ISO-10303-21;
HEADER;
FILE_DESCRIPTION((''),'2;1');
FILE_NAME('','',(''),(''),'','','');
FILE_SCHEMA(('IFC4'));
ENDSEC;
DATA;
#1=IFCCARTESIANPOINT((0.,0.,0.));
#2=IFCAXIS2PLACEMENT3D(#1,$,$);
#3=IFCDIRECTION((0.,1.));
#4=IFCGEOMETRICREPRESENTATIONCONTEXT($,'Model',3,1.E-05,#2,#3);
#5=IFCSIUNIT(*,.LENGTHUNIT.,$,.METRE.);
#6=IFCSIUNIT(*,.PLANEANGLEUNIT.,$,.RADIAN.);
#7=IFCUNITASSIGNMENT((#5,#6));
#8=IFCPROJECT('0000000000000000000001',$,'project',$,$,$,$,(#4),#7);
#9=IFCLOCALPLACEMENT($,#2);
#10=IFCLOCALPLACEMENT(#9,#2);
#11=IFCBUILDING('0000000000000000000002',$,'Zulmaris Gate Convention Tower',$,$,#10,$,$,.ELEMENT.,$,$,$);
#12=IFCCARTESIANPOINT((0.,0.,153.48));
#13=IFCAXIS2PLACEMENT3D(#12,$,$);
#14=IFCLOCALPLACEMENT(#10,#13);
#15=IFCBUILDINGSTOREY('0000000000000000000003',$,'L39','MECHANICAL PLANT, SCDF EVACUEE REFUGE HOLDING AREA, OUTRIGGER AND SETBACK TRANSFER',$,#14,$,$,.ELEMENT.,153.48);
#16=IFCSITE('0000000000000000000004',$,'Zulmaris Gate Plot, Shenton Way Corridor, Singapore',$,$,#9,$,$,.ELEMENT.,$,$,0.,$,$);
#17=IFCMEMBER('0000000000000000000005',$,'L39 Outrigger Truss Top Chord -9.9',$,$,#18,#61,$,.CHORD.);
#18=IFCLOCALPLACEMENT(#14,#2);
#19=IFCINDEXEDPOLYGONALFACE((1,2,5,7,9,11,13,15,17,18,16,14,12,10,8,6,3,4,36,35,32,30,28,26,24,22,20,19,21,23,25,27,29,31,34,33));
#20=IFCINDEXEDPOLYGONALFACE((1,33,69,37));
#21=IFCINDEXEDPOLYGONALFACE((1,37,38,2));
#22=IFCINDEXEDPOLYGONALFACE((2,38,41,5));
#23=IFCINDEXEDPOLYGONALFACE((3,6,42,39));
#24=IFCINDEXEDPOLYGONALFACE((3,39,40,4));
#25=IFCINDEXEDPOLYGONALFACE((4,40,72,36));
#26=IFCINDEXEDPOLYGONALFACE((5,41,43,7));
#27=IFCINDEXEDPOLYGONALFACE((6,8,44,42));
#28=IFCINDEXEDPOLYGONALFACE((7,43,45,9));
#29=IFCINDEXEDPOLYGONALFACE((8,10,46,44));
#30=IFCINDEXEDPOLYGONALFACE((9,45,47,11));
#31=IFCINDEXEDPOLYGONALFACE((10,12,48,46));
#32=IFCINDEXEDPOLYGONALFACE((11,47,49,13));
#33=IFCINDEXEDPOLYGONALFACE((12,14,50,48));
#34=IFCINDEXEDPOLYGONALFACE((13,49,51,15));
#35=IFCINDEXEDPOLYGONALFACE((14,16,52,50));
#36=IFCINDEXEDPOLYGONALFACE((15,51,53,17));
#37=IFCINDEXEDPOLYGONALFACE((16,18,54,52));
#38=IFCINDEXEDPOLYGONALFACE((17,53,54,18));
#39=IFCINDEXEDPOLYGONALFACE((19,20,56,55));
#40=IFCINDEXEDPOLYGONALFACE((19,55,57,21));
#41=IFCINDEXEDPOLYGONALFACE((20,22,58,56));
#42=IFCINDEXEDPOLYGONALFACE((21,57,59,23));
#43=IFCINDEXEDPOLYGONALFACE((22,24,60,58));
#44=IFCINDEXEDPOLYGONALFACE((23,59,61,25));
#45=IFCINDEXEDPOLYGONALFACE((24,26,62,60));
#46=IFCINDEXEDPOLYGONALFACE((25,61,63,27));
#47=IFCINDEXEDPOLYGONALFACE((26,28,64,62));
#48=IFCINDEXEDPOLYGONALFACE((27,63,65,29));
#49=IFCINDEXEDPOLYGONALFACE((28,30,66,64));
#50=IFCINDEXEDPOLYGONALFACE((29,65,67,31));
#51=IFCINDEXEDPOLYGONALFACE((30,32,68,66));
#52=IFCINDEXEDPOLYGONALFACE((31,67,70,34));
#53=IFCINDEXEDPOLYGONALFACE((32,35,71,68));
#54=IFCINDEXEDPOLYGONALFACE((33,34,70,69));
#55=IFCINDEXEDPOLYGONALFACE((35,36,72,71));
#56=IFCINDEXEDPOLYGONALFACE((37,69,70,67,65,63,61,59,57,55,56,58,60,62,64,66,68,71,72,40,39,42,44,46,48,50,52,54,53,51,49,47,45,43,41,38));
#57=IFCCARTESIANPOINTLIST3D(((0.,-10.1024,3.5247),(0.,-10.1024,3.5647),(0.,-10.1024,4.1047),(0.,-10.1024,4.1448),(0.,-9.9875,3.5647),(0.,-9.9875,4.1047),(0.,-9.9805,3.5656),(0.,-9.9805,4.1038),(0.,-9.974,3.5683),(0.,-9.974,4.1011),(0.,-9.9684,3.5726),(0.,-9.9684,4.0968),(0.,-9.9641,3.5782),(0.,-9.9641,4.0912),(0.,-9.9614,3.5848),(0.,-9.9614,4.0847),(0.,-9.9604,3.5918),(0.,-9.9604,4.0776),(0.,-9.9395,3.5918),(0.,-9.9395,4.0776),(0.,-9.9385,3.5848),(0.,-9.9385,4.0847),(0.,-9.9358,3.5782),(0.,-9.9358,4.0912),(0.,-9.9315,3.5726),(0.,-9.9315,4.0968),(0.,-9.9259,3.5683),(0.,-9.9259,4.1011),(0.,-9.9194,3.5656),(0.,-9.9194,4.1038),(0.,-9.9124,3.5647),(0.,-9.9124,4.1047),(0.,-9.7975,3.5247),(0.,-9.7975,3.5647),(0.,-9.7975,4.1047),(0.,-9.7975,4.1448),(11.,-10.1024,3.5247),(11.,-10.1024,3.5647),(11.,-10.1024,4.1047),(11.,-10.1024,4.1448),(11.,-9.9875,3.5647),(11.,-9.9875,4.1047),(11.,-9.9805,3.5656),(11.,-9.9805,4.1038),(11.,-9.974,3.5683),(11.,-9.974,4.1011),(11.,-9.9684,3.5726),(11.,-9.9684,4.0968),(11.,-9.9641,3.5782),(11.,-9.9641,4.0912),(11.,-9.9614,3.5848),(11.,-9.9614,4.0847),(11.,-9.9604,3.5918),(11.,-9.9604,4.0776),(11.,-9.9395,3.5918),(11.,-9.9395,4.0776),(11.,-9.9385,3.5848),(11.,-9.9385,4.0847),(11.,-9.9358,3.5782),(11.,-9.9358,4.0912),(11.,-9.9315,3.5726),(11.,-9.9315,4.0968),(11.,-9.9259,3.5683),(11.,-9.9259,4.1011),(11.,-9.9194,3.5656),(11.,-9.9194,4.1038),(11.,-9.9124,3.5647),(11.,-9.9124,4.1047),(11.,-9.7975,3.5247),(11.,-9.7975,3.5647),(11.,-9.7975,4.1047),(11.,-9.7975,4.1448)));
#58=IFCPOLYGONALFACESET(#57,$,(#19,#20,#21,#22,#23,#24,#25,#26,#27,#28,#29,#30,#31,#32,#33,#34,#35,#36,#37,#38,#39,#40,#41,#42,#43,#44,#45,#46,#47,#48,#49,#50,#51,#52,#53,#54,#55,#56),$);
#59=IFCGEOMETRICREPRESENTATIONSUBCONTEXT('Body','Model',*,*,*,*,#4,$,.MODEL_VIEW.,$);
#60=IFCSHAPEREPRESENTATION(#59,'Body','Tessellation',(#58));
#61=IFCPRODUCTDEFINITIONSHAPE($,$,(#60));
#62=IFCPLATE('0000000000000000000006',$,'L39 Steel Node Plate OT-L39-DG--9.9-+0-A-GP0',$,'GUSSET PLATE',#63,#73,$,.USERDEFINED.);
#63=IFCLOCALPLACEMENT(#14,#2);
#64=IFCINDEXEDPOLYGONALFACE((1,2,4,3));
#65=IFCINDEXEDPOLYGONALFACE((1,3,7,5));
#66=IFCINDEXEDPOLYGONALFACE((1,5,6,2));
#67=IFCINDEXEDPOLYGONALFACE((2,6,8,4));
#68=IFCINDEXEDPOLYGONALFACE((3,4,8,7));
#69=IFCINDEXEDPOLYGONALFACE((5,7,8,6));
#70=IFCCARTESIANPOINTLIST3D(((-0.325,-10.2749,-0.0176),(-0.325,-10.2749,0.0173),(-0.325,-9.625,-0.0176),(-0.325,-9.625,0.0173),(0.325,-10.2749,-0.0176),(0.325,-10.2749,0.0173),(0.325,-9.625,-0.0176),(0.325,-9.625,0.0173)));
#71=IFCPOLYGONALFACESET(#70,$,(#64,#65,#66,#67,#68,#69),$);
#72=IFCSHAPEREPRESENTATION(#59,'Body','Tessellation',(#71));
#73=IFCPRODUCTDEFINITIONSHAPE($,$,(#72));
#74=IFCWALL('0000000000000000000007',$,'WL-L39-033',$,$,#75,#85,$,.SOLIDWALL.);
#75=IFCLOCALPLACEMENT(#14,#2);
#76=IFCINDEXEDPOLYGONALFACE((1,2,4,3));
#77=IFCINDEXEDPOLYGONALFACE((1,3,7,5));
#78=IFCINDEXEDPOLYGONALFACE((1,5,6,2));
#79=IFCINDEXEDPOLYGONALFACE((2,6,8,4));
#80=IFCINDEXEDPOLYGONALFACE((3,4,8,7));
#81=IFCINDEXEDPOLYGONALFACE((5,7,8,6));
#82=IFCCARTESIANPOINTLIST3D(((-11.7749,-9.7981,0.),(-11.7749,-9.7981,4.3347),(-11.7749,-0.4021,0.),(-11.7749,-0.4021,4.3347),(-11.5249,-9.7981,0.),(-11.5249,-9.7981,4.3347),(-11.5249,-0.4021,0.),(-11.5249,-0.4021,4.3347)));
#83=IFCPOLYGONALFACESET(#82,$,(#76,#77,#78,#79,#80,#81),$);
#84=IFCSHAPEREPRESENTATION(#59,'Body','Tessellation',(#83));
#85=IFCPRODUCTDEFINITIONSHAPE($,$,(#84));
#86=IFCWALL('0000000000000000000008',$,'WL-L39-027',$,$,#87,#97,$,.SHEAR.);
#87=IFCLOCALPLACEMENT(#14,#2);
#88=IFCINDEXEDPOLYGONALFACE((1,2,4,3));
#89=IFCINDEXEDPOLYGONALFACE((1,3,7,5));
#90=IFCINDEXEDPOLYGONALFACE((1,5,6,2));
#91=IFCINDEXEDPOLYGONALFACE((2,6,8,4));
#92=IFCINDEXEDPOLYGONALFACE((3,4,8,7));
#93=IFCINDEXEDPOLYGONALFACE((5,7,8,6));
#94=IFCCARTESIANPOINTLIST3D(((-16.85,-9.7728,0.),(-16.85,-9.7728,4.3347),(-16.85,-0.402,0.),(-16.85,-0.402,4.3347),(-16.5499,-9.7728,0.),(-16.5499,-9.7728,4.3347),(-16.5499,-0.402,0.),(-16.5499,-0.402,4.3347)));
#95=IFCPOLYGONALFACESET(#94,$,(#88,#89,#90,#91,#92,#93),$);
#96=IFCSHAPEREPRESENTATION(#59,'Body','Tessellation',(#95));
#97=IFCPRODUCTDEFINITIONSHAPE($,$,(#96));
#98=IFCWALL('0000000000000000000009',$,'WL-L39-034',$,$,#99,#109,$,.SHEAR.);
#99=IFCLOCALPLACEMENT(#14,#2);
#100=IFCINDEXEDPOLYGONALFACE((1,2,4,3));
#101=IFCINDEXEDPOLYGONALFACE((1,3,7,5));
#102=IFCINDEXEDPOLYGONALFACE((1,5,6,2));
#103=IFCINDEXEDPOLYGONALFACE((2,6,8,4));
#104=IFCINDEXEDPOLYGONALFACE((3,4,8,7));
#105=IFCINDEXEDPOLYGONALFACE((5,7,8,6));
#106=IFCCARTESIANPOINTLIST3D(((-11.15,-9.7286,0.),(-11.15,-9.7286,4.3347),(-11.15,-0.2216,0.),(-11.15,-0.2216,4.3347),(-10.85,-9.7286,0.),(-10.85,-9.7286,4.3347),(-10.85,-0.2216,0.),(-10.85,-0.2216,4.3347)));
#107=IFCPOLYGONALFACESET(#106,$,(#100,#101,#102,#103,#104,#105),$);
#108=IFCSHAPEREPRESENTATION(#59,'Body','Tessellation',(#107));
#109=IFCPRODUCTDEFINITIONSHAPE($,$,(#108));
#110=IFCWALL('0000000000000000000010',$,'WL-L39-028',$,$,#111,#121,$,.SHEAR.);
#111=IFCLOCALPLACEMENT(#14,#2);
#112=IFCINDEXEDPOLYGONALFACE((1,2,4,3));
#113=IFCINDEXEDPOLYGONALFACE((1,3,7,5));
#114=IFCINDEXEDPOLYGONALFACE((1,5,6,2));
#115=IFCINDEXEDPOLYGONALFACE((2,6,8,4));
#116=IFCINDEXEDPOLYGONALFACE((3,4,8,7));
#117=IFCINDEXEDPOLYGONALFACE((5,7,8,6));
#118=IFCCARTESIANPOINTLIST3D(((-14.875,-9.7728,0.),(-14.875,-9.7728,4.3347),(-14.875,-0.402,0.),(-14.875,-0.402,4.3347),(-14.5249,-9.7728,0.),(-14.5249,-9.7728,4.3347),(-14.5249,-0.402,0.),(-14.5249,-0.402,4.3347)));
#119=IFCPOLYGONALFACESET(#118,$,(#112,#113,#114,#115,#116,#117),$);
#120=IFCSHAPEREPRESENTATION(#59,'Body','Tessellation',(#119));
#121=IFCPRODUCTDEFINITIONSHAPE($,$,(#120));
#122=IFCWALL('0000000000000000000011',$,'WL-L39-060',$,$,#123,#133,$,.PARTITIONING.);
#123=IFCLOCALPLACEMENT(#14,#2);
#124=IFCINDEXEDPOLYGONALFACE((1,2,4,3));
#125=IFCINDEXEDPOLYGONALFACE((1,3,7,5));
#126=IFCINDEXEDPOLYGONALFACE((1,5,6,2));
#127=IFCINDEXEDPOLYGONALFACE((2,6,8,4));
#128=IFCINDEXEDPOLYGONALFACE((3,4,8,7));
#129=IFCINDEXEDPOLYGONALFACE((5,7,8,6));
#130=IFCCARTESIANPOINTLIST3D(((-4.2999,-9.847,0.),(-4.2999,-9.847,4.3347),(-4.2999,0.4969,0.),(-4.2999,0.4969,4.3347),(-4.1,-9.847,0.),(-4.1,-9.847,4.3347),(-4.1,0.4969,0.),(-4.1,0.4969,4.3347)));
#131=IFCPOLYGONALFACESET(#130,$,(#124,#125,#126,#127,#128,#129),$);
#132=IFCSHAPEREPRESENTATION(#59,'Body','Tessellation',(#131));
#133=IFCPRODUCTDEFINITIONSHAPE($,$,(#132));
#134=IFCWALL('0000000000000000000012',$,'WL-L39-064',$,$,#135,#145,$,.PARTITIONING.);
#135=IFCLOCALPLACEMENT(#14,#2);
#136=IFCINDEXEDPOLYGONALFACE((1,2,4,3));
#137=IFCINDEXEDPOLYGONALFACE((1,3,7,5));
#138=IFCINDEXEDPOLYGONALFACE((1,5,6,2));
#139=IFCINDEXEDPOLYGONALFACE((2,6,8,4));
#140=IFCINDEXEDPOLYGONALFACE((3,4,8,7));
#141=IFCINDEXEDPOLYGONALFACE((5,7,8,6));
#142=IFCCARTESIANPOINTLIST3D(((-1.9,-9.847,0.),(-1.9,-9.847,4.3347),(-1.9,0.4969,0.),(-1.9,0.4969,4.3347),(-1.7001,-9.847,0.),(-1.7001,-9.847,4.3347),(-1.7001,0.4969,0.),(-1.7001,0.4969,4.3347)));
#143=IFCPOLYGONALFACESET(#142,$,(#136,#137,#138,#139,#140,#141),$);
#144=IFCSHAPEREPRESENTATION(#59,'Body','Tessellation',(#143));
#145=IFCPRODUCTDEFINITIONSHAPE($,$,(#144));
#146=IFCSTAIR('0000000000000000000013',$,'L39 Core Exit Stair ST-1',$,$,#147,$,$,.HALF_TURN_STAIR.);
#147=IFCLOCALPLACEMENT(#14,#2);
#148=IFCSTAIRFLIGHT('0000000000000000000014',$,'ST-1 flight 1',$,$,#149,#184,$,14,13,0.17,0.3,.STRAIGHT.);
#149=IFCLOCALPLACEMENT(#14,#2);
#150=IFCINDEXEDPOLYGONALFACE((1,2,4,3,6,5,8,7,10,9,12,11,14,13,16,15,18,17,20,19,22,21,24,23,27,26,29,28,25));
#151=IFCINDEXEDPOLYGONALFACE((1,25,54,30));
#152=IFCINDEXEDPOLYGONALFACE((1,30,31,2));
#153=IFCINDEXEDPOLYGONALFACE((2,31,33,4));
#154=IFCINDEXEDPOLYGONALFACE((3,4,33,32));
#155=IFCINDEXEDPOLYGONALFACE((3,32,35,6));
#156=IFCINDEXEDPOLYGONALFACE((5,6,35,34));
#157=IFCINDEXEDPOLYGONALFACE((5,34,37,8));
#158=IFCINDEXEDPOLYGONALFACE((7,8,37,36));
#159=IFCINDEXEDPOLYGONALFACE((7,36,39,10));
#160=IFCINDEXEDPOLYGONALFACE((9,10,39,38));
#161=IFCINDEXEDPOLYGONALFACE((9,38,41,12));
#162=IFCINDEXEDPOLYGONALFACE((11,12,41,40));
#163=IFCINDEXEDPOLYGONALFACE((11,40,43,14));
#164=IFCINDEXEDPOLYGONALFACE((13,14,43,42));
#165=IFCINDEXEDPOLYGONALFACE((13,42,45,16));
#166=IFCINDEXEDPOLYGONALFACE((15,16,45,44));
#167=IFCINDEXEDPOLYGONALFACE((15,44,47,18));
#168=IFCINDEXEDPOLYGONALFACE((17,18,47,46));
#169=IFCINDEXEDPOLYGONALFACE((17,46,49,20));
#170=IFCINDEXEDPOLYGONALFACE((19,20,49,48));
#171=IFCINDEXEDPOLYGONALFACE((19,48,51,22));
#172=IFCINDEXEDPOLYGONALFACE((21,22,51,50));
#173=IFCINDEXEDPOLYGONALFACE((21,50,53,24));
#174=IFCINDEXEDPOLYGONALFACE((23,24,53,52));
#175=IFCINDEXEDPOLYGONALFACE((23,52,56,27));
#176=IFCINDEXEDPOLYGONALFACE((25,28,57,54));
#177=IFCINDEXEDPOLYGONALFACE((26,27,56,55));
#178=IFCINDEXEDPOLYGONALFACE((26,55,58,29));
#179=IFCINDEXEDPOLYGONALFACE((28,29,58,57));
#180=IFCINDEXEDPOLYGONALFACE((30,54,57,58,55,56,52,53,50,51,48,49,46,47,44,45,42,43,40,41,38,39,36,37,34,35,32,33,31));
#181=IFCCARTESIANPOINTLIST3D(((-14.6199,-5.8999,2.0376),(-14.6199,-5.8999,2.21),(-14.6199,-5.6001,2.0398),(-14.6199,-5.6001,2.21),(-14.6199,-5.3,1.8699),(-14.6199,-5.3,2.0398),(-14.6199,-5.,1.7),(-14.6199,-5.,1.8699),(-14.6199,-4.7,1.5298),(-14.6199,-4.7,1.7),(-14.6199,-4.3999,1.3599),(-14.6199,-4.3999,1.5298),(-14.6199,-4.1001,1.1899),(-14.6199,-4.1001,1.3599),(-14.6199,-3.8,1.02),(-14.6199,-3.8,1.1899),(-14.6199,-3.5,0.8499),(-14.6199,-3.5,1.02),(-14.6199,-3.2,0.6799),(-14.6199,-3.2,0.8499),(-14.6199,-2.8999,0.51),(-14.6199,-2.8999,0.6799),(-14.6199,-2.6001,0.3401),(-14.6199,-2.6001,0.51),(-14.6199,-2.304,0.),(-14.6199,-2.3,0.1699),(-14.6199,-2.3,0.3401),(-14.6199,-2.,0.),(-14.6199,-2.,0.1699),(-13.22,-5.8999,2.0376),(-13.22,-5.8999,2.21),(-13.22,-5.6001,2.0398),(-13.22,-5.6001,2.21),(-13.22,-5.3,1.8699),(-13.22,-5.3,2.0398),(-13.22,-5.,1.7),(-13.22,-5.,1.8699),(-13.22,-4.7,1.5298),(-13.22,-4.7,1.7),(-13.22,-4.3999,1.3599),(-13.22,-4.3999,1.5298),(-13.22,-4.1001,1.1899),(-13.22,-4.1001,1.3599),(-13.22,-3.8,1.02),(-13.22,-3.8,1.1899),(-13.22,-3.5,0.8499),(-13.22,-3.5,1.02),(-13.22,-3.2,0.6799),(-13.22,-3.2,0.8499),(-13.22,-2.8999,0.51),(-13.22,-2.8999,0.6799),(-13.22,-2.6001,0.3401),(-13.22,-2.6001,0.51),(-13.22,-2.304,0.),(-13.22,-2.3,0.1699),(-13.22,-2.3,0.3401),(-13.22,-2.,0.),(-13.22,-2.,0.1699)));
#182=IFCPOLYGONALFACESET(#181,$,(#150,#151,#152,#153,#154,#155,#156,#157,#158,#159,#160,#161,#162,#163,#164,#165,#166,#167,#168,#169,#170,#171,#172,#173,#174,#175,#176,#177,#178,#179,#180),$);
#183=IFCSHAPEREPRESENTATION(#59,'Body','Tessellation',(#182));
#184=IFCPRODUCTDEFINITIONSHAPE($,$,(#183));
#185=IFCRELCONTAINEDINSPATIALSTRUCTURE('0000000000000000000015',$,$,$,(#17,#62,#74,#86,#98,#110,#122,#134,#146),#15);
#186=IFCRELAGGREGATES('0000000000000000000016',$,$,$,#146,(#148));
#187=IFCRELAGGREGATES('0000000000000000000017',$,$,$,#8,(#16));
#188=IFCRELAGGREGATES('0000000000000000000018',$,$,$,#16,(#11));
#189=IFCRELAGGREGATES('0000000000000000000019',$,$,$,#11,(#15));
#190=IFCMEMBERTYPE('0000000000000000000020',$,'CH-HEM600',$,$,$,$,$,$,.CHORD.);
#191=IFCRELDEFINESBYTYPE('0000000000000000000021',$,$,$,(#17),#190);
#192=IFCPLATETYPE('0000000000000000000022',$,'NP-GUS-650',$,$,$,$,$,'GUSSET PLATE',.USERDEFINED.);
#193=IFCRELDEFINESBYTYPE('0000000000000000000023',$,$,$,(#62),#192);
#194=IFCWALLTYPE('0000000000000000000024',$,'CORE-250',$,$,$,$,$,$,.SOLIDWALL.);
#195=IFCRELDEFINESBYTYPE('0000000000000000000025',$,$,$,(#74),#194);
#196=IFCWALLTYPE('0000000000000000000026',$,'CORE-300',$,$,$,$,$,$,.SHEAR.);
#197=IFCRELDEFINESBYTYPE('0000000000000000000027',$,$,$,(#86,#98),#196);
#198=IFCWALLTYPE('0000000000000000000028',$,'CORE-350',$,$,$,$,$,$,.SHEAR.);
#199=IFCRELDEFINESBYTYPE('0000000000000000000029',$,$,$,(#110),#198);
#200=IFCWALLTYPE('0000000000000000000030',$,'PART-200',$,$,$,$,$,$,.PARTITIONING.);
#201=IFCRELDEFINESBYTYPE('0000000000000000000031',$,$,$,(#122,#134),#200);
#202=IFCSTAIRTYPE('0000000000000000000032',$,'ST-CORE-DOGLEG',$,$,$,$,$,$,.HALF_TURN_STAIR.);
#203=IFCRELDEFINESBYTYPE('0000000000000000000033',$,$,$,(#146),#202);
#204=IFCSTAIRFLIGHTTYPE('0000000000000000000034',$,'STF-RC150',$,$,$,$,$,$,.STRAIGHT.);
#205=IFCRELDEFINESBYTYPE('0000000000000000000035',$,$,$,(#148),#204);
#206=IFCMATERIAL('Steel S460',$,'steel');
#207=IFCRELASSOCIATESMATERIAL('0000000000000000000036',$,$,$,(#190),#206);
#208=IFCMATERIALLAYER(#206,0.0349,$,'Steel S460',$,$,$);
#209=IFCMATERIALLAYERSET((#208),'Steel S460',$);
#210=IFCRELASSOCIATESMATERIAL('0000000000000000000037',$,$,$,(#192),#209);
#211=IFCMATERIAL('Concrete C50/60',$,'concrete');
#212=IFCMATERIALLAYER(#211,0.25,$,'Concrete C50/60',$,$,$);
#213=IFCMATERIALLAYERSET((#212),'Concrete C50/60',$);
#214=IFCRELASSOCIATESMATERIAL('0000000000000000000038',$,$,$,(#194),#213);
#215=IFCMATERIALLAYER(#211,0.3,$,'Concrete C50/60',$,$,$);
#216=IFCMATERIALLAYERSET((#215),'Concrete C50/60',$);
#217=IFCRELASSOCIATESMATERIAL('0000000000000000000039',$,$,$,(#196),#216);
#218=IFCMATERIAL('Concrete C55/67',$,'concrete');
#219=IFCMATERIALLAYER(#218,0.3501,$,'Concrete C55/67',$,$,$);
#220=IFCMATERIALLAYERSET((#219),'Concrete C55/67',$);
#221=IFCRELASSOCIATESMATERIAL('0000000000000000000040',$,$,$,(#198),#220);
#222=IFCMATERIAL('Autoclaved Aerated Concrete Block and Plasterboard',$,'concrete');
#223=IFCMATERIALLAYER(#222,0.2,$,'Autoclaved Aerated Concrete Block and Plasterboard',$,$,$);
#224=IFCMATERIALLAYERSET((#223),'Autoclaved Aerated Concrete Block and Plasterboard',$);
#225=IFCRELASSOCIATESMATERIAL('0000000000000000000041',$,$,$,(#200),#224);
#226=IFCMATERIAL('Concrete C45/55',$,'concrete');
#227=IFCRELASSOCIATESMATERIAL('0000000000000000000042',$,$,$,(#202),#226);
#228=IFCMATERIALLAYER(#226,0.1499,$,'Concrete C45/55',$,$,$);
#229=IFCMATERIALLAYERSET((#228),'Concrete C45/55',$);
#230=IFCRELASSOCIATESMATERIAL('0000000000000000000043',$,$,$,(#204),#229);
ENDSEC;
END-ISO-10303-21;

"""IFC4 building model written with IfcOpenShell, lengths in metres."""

from ifc_helpers import new_model, si_unit, direction, frame, frame_2d, origin, origin_2d, place, context, subcontext, project, spatial, polyline, rectangle, i_section, outline, extrude, material, layer, layer_set, material_profile, profile_set, type_object, element, aggregate, save


model = new_model("IFC4")

# Units and contexts
model_context = context("Model", 3, precision=1e-05, world=origin(), true_north=direction((0.0, 1.0)))
body_context = subcontext(model_context, "Body", "Model", "MODEL_VIEW")
ifc_project = project(units=[si_unit("LENGTHUNIT", "METRE"), si_unit("PLANEANGLEUNIT", "RADIAN")], contexts=[model_context])

# Site, building, storey
site_placement = place(None, origin())
site = spatial("IfcSite", under=ifc_project, at=site_placement, Name="Zulmaris Gate Plot, Shenton Way Corridor, Singapore", CompositionType="ELEMENT", RefElevation=0.0)
building_placement = place(site_placement, origin())
building = spatial("IfcBuilding", under=site, at=building_placement, Name="Zulmaris Gate Convention Tower", CompositionType="ELEMENT")
storey_placement = place(building_placement, frame((0.0, 0.0, 153.48)))
storey = spatial("IfcBuildingStorey", under=building, at=storey_placement, Name="L39", Description="MECHANICAL PLANT, SCDF EVACUEE REFUGE HOLDING AREA, OUTRIGGER AND SETBACK TRANSFER", CompositionType="ELEMENT", Elevation=153.48)

# Shared definitions
ifc_material_1 = material(Name="Steel S460", Category="steel")

# Member
ifc_material_profile_1 = material_profile(ifc_material_1, i_section(OverallWidth=0.3049, OverallDepth=0.6201, WebThickness=0.021, FlangeThickness=0.04, FilletRadius=0.0271, at=origin_2d()), Name="HEM 600")
ifc_profile_set_1 = profile_set([ifc_material_profile_1], Name="Steel S460")
member_type_1 = type_object("IfcMemberType", Name="CH-HEM600", PredefinedType="CHORD", material=ifc_profile_set_1)
member_1_placement = place(storey_placement, frame((0.0, -9.95, 3.8347), z_axis=(1.0, 0.0, 0.0), x_axis=(0.0, 1.0, 0.0)))
element("IfcMember", 1, at=member_1_placement, inside=storey, type_object=member_type_1, Name="L39 Outrigger Truss Top Chord -9.9", PredefinedType="CHORD", context=body_context, shape_type="SweptSolid", body=[
    extrude(i_section(OverallWidth=0.3049, OverallDepth=0.6201, WebThickness=0.021, FlangeThickness=0.04, FilletRadius=0.0271, at=origin_2d()), origin(), (0.0, 0.0, 1.0), 11.0),
])

# Plate
ifc_layer_1 = layer(ifc_material_1, 0.0349, Name="Steel S460")
ifc_layer_set_1 = layer_set([ifc_layer_1], Name="Steel S460")
plate_type = type_object("IfcPlateType", Name="NP-GUS-650", ElementType="GUSSET PLATE", PredefinedType="USERDEFINED", material=ifc_layer_set_1)
plate_placement = place(storey_placement, frame((0.0, -9.95, -0.0176), z_axis=(0.0, 0.0, 1.0), x_axis=(1.0, 0.0, 0.0)))
element("IfcPlate", 2, at=plate_placement, inside=storey, type_object=plate_type, Name="L39 Steel Node Plate OT-L39-DG--9.9-+0-A-GP0", ObjectType="GUSSET PLATE", PredefinedType="USERDEFINED", context=body_context, shape_type="SweptSolid", body=[
    extrude(rectangle(XDim=0.6499, YDim=0.6499, at=origin_2d()), origin(), (0.0, 0.0, 1.0), 0.0349),
])

# Walls
ifc_material_2 = material(Name="Concrete C50/60", Category="concrete")
ifc_layer_2 = layer(ifc_material_2, 0.25, Name="Concrete C50/60")
ifc_layer_set_2 = layer_set([ifc_layer_2], Name="Concrete C50/60")
wall_type_1 = type_object("IfcWallType", Name="CORE-250", PredefinedType="SOLIDWALL", material=ifc_layer_set_2)
wall_1_placement = place(storey_placement, frame((-11.6499, -9.7981, 0.0), z_axis=(0.0, 0.0, 1.0), x_axis=(0.0, 1.0, 0.0)))
element("IfcWall", 3, at=wall_1_placement, inside=storey, type_object=wall_type_1, Name="WL-L39-033", PredefinedType="SOLIDWALL", context=body_context, shape_type="SweptSolid", body=[
    extrude(rectangle(XDim=9.396, YDim=0.25, at=frame_2d((4.698, 0.0))), origin(), (0.0, 0.0, 1.0), 4.3347),
])
ifc_layer_3 = layer(ifc_material_2, 0.3, Name="Concrete C50/60")
ifc_layer_set_3 = layer_set([ifc_layer_3], Name="Concrete C50/60")
wall_type_2 = type_object("IfcWallType", Name="CORE-300", PredefinedType="SHEAR", material=ifc_layer_set_3)
wall_2_placement = place(storey_placement, frame((-16.7, -9.7729, 0.0), z_axis=(0.0, 0.0, 1.0), x_axis=(0.0, 1.0, 0.0)))
element("IfcWall", 4, at=wall_2_placement, inside=storey, type_object=wall_type_2, Name="WL-L39-027", PredefinedType="SHEAR", context=body_context, shape_type="SweptSolid", body=[
    extrude(rectangle(XDim=9.3708, YDim=0.3, at=frame_2d((4.6855, 0.0))), origin(), (0.0, 0.0, 1.0), 4.3347),
])
wall_3_placement = place(storey_placement, frame((-11.0, -9.7285, 0.0), z_axis=(0.0, 0.0, 1.0), x_axis=(0.0, 1.0, 0.0)))
element("IfcWall", 5, at=wall_3_placement, inside=storey, type_object=wall_type_2, Name="WL-L39-034", PredefinedType="SHEAR", context=body_context, shape_type="SweptSolid", body=[
    extrude(rectangle(XDim=9.5071, YDim=0.3, at=frame_2d((4.7534, 0.0))), origin(), (0.0, 0.0, 1.0), 4.3347),
])
ifc_material_3 = material(Name="Concrete C55/67", Category="concrete")
ifc_layer_4 = layer(ifc_material_3, 0.3501, Name="Concrete C55/67")
ifc_layer_set_4 = layer_set([ifc_layer_4], Name="Concrete C55/67")
wall_type_3 = type_object("IfcWallType", Name="CORE-350", PredefinedType="SHEAR", material=ifc_layer_set_4)
wall_4_placement = place(storey_placement, frame((-14.7, -9.7729, 0.0), z_axis=(0.0, 0.0, 1.0), x_axis=(0.0, 1.0, 0.0)))
element("IfcWall", 6, at=wall_4_placement, inside=storey, type_object=wall_type_3, Name="WL-L39-028", PredefinedType="SHEAR", context=body_context, shape_type="SweptSolid", body=[
    extrude(rectangle(XDim=9.3708, YDim=0.3501, at=frame_2d((4.6855, 0.0))), origin(), (0.0, 0.0, 1.0), 4.3347),
])
ifc_material_4 = material(Name="Autoclaved Aerated Concrete Block and Plasterboard", Category="concrete")
ifc_layer_5 = layer(ifc_material_4, 0.2, Name="Autoclaved Aerated Concrete Block and Plasterboard")
ifc_layer_set_5 = layer_set([ifc_layer_5], Name="Autoclaved Aerated Concrete Block and Plasterboard")
wall_type_4 = type_object("IfcWallType", Name="PART-200", PredefinedType="PARTITIONING", material=ifc_layer_set_5)
for number, where, z_axis, x_axis, name in (
    (7, (-4.2, -9.8469, 0.0), (0.0, 0.0, 1.0), (0.0, 1.0, 0.0), "WL-L39-060"),
    (8, (-1.8, -9.8469, 0.0), (0.0, 0.0, 1.0), (0.0, 1.0, 0.0), "WL-L39-064"),
):
    element("IfcWall", number, at=place(storey_placement, frame(where, z_axis=z_axis, x_axis=x_axis)), inside=storey, type_object=wall_type_4, Name=name, PredefinedType="PARTITIONING", context=body_context, shape_type="SweptSolid", body=[
        extrude(rectangle(XDim=10.344, YDim=0.2, at=frame_2d((5.1719, 0.0))), origin(), (0.0, 0.0, 1.0), 4.3347),
    ])

# Stair, stair flight
ifc_material_5 = material(Name="Concrete C45/55", Category="concrete")
stair_type = type_object("IfcStairType", Name="ST-CORE-DOGLEG", PredefinedType="HALF_TURN_STAIR", material=ifc_material_5)
stair_1_placement = place(storey_placement, origin())
stair_1 = element("IfcStair", 9, at=stair_1_placement, inside=storey, type_object=stair_type, Name="L39 Core Exit Stair ST-1", PredefinedType="HALF_TURN_STAIR")
ifc_layer_6 = layer(ifc_material_5, 0.1499, Name="Concrete C45/55")
ifc_layer_set_6 = layer_set([ifc_layer_6], Name="Concrete C45/55")
stair_flight_type = type_object("IfcStairFlightType", Name="STF-RC150", PredefinedType="STRAIGHT", material=ifc_layer_set_6)
stair_flight_1_placement = place(storey_placement, frame((-13.9199, -2.0, 0.0), z_axis=(0.0, 0.0, 1.0), x_axis=(0.0, -1.0, 0.0)))
stair_flight_1 = element("IfcStairFlight", 10, at=stair_flight_1_placement, type_object=stair_flight_type, Name="ST-1 flight 1", NumberOfRisers=14, NumberOfTreads=13, PredefinedType="STRAIGHT", RiserHeight=0.17, TreadLength=0.3, context=body_context, shape_type="SweptSolid", body=[
    extrude(outline(polyline([(0.0, 0.0), (0.0, 0.1699), (0.3, 0.1699), (0.3, 0.3401), (0.6001, 0.3401), (0.6001, 0.51), (0.8999, 0.51), (0.8999, 0.6799), (1.2, 0.6799), (1.2, 0.8499), (1.5, 0.8499), (1.5, 1.02), (1.8, 1.02), (1.8, 1.1899), (2.1001, 1.1899), (2.1001, 1.3599), (2.3999, 1.3599), (2.3999, 1.5298), (2.7, 1.5298), (2.7, 1.7), (3.0, 1.7), (3.0, 1.8699), (3.3, 1.8699), (3.3, 2.0398), (3.6001, 2.0398), (3.6001, 2.21), (3.8999, 2.21), (3.8999, 2.3799), (3.8999, 2.0376), (0.304, 0.0), (0.0, 0.0)])), frame((0.0, 0.7, 0.0), z_axis=(0.0, -1.0, 0.0), x_axis=(1.0, 0.0, 0.0)), (0.0, 0.0, 1.0), 1.3999),
])
aggregate(stair_1, [stair_flight_1])

save(model, "model.ifc")
